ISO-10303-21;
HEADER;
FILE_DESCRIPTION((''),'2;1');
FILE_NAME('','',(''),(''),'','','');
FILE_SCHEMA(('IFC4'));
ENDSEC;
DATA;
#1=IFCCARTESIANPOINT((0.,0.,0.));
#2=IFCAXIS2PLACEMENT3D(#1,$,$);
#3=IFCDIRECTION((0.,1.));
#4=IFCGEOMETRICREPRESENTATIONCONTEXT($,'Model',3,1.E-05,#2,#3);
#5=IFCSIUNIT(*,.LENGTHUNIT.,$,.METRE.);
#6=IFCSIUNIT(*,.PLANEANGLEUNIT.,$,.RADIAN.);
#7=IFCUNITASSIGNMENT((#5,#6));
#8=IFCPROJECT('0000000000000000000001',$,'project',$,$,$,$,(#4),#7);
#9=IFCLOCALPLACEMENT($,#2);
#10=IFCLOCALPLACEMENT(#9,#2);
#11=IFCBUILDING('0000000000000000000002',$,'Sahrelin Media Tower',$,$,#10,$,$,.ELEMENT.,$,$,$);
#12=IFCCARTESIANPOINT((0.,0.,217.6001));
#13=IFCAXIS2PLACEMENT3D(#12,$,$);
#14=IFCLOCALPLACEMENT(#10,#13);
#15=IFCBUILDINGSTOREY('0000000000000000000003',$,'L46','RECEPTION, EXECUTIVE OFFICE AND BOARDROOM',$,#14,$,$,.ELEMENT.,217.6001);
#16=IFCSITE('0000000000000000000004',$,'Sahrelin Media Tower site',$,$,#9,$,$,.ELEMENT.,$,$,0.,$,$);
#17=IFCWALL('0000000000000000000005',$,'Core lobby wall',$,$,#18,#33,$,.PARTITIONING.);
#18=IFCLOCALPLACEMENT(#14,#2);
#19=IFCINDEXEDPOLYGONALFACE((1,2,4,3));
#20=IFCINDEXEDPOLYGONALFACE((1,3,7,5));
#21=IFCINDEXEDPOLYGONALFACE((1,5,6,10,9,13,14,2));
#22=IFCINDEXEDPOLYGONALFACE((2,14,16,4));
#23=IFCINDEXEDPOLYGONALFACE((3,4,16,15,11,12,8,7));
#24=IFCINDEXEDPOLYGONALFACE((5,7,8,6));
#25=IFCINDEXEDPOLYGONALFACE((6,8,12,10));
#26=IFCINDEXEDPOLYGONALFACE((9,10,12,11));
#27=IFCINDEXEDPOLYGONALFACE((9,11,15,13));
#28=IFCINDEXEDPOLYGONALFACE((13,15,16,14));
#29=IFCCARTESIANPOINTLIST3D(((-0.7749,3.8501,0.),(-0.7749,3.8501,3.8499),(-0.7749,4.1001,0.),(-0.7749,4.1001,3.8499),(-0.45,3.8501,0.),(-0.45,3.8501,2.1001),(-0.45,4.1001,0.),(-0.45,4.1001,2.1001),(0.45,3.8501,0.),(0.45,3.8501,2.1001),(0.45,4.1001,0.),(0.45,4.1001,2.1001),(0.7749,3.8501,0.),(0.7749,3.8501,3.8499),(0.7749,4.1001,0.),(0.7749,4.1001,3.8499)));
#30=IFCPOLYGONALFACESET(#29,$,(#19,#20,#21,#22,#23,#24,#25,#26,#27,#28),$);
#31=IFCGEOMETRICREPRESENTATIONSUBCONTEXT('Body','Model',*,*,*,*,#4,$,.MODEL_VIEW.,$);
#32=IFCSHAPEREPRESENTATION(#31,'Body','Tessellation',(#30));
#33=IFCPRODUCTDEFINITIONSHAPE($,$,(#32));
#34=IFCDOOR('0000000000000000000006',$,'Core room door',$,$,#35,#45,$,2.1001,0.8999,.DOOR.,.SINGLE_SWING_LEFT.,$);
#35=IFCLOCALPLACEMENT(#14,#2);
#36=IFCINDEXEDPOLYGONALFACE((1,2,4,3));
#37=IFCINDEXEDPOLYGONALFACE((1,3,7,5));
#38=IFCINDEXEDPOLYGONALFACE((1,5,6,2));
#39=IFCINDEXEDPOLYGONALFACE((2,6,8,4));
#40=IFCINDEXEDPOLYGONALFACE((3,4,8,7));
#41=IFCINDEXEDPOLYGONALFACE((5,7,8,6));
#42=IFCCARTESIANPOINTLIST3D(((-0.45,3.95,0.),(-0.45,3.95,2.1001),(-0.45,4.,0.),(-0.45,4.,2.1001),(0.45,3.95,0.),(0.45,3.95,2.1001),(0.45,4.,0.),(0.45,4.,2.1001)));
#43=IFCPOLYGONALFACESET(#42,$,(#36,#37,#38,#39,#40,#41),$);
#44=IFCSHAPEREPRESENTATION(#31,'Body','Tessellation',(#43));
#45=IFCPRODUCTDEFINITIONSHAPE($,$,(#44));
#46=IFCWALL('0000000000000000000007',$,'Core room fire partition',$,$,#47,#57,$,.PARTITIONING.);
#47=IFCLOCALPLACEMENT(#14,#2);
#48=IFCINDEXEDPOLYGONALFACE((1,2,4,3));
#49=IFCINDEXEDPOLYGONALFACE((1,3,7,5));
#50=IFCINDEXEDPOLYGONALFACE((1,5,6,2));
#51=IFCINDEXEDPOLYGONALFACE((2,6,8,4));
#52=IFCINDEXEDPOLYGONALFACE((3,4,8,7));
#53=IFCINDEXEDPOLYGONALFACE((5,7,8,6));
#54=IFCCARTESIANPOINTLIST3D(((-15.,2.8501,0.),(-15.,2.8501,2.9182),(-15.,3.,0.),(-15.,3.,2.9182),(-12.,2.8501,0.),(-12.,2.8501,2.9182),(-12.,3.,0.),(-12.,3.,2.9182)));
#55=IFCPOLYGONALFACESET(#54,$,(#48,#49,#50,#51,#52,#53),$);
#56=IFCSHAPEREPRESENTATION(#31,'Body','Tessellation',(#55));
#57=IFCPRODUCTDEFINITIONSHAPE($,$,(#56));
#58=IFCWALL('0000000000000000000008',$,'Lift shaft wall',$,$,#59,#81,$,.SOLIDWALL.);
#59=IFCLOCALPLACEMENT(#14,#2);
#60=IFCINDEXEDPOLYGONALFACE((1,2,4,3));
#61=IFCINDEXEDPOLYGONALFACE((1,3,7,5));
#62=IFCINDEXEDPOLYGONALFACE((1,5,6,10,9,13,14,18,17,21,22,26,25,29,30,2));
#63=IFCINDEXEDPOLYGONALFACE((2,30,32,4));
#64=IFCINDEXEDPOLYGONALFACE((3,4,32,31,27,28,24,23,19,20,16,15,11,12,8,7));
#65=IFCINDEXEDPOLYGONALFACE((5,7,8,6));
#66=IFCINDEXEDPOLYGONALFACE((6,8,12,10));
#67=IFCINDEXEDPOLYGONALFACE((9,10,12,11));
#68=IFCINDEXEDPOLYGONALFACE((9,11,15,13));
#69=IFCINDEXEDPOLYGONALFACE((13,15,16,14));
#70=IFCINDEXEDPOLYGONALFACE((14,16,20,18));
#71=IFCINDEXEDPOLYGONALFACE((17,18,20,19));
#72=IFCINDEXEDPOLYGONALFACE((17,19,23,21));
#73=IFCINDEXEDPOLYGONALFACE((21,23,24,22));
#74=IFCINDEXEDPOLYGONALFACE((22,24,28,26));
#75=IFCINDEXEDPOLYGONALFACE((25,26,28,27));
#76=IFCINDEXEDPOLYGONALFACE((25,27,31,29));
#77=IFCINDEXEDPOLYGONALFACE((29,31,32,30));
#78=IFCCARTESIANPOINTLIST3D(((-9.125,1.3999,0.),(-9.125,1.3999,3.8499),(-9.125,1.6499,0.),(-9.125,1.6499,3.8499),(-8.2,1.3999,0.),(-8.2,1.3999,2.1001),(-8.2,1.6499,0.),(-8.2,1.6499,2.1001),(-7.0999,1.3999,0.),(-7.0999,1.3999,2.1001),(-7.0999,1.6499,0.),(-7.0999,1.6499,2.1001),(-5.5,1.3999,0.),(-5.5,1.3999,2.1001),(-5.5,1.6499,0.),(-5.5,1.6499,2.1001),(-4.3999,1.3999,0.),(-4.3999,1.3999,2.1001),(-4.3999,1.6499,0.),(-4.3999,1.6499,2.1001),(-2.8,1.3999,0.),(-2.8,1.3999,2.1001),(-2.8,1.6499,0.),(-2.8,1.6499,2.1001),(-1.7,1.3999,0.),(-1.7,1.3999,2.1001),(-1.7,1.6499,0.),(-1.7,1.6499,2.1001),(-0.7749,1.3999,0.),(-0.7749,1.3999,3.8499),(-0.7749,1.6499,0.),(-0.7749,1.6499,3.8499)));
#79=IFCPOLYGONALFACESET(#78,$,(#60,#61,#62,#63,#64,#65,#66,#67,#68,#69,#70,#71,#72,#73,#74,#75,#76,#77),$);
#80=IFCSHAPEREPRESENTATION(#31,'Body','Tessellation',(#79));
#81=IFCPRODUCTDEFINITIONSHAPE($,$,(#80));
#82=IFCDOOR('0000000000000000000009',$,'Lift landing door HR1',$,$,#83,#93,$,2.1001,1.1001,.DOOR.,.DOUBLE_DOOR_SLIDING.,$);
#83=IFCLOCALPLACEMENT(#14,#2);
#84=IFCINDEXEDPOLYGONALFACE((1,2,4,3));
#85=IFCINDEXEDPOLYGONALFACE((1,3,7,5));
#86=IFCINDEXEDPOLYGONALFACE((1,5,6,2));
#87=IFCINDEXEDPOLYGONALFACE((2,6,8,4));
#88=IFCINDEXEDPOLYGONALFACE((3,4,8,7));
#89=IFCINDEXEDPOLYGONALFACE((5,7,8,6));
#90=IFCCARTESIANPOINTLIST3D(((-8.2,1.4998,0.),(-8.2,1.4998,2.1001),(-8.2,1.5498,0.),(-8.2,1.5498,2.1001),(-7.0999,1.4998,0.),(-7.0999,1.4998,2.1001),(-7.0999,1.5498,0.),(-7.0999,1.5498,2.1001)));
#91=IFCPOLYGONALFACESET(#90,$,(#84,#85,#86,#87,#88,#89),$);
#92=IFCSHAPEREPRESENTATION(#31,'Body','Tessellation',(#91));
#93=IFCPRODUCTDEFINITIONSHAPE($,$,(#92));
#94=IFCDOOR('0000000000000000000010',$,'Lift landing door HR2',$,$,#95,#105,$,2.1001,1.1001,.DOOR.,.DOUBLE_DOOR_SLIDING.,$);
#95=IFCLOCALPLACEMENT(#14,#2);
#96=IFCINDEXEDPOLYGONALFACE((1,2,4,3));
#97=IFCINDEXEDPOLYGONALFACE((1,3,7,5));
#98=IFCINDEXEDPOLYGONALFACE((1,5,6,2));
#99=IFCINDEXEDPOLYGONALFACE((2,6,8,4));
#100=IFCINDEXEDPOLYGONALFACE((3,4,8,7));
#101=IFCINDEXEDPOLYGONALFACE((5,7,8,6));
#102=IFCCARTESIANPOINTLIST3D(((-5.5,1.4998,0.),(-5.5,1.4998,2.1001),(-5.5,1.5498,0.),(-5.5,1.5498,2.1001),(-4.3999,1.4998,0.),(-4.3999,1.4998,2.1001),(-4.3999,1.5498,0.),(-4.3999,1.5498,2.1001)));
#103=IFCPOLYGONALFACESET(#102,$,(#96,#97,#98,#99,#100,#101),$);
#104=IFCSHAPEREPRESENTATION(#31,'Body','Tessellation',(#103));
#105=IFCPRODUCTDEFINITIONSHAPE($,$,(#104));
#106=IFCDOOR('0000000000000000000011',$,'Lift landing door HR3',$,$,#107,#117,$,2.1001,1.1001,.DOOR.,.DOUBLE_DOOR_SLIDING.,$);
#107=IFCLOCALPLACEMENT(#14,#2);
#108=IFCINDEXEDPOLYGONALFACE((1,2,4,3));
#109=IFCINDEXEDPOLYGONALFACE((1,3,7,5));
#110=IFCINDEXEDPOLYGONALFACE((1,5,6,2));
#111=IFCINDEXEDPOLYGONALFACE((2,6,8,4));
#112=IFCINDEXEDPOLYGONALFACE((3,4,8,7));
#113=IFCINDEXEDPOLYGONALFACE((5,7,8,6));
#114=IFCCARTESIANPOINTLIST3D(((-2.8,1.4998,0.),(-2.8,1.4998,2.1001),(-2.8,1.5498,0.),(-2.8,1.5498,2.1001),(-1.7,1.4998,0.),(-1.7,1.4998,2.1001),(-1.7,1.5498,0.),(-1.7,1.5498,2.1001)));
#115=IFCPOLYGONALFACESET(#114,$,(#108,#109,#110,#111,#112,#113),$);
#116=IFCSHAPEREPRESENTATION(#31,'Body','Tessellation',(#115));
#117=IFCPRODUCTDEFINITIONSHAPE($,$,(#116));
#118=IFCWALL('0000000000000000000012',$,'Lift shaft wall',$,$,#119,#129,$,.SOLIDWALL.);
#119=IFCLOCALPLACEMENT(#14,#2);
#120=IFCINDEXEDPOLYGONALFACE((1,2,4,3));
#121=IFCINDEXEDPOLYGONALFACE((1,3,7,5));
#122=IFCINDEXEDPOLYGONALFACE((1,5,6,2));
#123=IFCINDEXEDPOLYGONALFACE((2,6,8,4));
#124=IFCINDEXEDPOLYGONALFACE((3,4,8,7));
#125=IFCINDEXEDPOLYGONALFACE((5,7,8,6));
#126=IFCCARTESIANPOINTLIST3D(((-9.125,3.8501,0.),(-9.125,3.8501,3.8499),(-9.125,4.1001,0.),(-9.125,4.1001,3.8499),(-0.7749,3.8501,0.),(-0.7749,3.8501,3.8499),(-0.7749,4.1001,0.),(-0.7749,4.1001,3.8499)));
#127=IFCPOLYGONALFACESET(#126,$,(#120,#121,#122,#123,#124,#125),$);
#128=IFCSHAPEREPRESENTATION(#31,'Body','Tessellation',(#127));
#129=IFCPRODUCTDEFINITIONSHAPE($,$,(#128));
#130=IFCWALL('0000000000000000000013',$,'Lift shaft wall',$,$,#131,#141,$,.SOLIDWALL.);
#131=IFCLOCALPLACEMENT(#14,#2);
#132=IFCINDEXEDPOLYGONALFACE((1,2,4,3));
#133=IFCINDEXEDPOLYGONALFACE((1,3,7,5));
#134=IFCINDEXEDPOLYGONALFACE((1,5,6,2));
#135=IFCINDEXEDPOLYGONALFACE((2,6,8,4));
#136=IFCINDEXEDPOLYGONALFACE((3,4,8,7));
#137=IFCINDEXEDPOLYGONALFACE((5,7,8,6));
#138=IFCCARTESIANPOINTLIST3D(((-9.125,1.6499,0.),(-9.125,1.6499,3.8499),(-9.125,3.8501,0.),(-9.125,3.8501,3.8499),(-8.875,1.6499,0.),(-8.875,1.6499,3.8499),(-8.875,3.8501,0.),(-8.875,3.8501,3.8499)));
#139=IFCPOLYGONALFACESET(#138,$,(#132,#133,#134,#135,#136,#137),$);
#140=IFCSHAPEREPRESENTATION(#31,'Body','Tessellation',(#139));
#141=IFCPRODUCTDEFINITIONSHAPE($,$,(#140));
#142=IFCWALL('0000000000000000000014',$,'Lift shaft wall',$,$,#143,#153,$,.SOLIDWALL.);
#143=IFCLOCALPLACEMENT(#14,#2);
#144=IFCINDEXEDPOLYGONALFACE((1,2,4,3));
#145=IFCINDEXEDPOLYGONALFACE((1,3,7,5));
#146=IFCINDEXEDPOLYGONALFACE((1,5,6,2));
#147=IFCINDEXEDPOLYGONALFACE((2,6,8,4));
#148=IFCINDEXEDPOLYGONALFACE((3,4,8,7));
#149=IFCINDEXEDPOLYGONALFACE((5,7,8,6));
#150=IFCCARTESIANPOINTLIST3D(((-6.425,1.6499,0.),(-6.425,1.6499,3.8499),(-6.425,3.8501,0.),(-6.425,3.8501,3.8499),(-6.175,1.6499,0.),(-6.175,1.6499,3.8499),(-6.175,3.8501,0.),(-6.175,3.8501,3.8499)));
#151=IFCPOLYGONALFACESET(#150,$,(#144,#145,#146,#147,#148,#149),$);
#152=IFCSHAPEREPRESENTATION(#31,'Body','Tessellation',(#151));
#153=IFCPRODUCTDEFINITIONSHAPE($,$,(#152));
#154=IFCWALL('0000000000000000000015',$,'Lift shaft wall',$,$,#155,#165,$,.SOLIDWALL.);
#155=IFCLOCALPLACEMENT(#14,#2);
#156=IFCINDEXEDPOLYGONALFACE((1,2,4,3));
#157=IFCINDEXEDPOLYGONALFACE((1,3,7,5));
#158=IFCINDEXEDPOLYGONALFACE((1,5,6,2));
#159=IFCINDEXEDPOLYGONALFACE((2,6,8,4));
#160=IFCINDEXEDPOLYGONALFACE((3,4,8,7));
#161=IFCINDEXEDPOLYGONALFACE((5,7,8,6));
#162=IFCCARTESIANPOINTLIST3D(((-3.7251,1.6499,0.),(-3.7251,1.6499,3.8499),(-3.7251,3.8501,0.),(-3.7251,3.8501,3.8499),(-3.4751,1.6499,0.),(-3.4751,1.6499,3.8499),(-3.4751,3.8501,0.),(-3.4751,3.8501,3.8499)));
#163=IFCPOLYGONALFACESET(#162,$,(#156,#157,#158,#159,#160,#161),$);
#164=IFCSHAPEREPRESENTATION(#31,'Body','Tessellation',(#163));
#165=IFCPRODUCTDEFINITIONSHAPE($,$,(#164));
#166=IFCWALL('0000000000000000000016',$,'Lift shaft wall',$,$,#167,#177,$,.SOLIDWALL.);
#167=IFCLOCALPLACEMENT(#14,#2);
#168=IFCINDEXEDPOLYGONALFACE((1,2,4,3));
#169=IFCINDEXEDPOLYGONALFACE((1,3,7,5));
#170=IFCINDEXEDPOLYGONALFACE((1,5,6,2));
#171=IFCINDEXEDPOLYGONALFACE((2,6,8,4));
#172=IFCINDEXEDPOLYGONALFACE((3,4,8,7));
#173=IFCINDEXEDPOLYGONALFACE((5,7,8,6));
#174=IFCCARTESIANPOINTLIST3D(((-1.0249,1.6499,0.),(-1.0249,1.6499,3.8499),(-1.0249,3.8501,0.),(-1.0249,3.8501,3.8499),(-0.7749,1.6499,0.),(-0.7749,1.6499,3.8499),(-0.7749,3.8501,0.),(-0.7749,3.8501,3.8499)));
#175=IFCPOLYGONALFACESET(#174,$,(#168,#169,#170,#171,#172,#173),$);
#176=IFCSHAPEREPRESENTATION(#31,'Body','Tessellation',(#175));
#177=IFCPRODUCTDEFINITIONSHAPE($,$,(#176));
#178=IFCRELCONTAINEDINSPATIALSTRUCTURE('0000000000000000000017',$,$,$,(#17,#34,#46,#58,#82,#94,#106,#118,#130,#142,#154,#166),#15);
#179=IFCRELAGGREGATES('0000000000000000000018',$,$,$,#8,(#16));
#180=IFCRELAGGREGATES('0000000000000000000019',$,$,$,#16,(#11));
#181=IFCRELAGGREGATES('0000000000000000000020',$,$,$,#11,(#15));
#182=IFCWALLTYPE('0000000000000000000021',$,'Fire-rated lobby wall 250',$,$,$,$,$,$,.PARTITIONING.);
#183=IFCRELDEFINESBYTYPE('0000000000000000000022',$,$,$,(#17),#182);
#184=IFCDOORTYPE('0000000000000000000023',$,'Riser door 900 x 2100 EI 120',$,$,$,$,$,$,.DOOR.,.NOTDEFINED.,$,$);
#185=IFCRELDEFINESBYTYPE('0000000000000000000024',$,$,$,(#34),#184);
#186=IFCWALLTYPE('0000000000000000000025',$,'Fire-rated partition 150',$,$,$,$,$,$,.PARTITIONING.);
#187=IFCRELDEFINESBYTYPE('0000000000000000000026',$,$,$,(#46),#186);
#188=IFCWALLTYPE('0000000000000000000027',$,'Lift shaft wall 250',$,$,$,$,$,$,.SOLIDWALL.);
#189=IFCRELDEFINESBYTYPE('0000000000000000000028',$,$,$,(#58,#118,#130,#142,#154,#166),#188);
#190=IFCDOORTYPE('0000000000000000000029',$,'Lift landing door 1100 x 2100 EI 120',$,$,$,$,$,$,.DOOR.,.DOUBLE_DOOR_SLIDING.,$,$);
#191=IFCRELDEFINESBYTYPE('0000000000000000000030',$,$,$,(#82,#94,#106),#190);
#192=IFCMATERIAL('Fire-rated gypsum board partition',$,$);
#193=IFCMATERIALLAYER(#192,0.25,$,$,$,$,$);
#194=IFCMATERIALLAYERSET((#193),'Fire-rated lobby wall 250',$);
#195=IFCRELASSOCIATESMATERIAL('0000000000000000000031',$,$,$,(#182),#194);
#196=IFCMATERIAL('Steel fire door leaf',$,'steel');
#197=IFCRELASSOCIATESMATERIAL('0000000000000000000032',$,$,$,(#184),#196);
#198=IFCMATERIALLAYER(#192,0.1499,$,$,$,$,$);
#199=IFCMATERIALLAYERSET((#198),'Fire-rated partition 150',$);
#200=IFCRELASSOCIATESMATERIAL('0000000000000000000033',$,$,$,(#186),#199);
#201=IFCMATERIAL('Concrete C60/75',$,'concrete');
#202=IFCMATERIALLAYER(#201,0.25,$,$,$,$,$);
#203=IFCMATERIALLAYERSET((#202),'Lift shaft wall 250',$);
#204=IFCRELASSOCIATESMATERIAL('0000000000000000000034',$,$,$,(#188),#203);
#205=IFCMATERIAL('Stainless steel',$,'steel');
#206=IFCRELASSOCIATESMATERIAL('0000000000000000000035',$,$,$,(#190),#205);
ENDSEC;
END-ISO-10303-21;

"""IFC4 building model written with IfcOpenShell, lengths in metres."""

from ifc_helpers import new_model, si_unit, direction, frame, frame_2d, origin, place, context, subcontext, project, spatial, rectangle, extrude, material, layer, layer_set, type_object, element, fill, save


model = new_model("IFC4")

# Units and contexts
model_context = context("Model", 3, precision=1e-05, world=origin(), true_north=direction((0.0, 1.0)))
body_context = subcontext(model_context, "Body", "Model", "MODEL_VIEW")
ifc_project = project(units=[si_unit("LENGTHUNIT", "METRE"), si_unit("PLANEANGLEUNIT", "RADIAN")], contexts=[model_context])

# Site, building, storey
site_placement = place(None, origin())
site = spatial("IfcSite", under=ifc_project, at=site_placement, Name="Sahrelin Media Tower site", CompositionType="ELEMENT", RefElevation=0.0)
building_placement = place(site_placement, origin())
building = spatial("IfcBuilding", under=site, at=building_placement, Name="Sahrelin Media Tower", CompositionType="ELEMENT")
storey_placement = place(building_placement, frame((0.0, 0.0, 217.6001)))
storey = spatial("IfcBuildingStorey", under=building, at=storey_placement, Name="L46", Description="RECEPTION, EXECUTIVE OFFICE AND BOARDROOM", CompositionType="ELEMENT", Elevation=217.6001)

# Shared definitions
ifc_material_1 = material(Name="Concrete C60/75", Category="concrete")

# Wall, opening, door
ifc_material_2 = material(Name="Fire-rated gypsum board partition")
ifc_layer_1 = layer(ifc_material_2, 0.25)
ifc_layer_set_1 = layer_set([ifc_layer_1], Name="Fire-rated lobby wall 250")
wall_type_1 = type_object("IfcWallType", Name="Fire-rated lobby wall 250", PredefinedType="PARTITIONING", material=ifc_layer_set_1)
wall_1_placement = place(storey_placement, frame((-0.7749, 3.9751, 0.0), z_axis=(0.0, 0.0, 1.0), x_axis=(1.0, 0.0, 0.0)))
wall_1 = element("IfcWall", 1, at=wall_1_placement, inside=storey, type_object=wall_type_1, Name="Core lobby wall", PredefinedType="PARTITIONING", context=body_context, shape_type="SweptSolid", body=[
    extrude(rectangle(XDim=1.5498, YDim=0.25, at=frame_2d((0.7749, 0.0))), origin(), (0.0, 0.0, 1.0), 3.8499),
])
opening_1_placement = place(wall_1_placement, frame((0.325, 0.0, 0.0)))
opening_1 = element("IfcOpeningElement", 2, at=opening_1_placement, cuts=wall_1, PredefinedType="OPENING", context=body_context, shape_type="SweptSolid", body=[
    extrude(rectangle(XDim=0.8999, YDim=2.1001, at=frame_2d((0.45, 1.05))), frame((0.0, 0.125, 0.0), z_axis=(0.0, -1.0, 0.0), x_axis=(1.0, 0.0, 0.0)), (0.0, 0.0, 1.0), 0.25),
])
ifc_material_3 = material(Name="Steel fire door leaf", Category="steel")
door_type_1 = type_object("IfcDoorType", Name="Riser door 900 x 2100 EI 120", OperationType="NOTDEFINED", PredefinedType="DOOR", material=ifc_material_3)
door_1_placement = place(opening_1_placement, origin())
door_1 = element("IfcDoor", 3, at=door_1_placement, inside=storey, type_object=door_type_1, Name="Core room door", OperationType="SINGLE_SWING_LEFT", OverallHeight=2.1001, OverallWidth=0.8999, PredefinedType="DOOR", context=body_context, shape_type="SweptSolid", body=[
    extrude(rectangle(XDim=0.8999, YDim=2.1001, at=frame_2d((0.45, 1.05))), frame((0.0, 0.0249, 0.0), z_axis=(0.0, -1.0, 0.0), x_axis=(1.0, 0.0, 0.0)), (0.0, 0.0, 1.0), 0.05),
])
fill(opening_1, door_1)

# Wall
ifc_layer_2 = layer(ifc_material_2, 0.1499)
ifc_layer_set_2 = layer_set([ifc_layer_2], Name="Fire-rated partition 150")
wall_type_2 = type_object("IfcWallType", Name="Fire-rated partition 150", PredefinedType="PARTITIONING", material=ifc_layer_set_2)
wall_2_placement = place(storey_placement, frame((-15.0, 2.925, 0.0), z_axis=(0.0, 0.0, 1.0), x_axis=(1.0, 0.0, 0.0)))
element("IfcWall", 4, at=wall_2_placement, inside=storey, type_object=wall_type_2, Name="Core room fire partition", PredefinedType="PARTITIONING", context=body_context, shape_type="SweptSolid", body=[
    extrude(rectangle(XDim=3.0, YDim=0.1499, at=frame_2d((1.5, 0.0))), origin(), (0.0, 0.0, 1.0), 2.9182),
])

# Wall, openings, doors
ifc_layer_3 = layer(ifc_material_1, 0.25)
ifc_layer_set_3 = layer_set([ifc_layer_3], Name="Lift shaft wall 250")
wall_type_3 = type_object("IfcWallType", Name="Lift shaft wall 250", PredefinedType="SOLIDWALL", material=ifc_layer_set_3)
wall_3_placement = place(storey_placement, frame((-9.125, 1.5249, 0.0), z_axis=(0.0, 0.0, 1.0), x_axis=(1.0, 0.0, 0.0)))
wall_3 = element("IfcWall", 5, at=wall_3_placement, inside=storey, type_object=wall_type_3, Name="Lift shaft wall", PredefinedType="SOLIDWALL", context=body_context, shape_type="SweptSolid", body=[
    extrude(rectangle(XDim=8.3501, YDim=0.25, at=frame_2d((4.175, 0.0))), origin(), (0.0, 0.0, 1.0), 3.8499),
])
opening_2_placement = place(wall_3_placement, frame((0.925, 0.0, 0.0)))
opening_2 = element("IfcOpeningElement", 6, at=opening_2_placement, cuts=wall_3, PredefinedType="OPENING", context=body_context, shape_type="SweptSolid", body=[
    extrude(rectangle(XDim=1.1001, YDim=2.1001, at=frame_2d((0.55, 1.05))), frame((0.0, 0.125, 0.0), z_axis=(0.0, -1.0, 0.0), x_axis=(1.0, 0.0, 0.0)), (0.0, 0.0, 1.0), 0.25),
])
opening_3_placement = place(wall_3_placement, frame((3.625, 0.0, 0.0)))
opening_3 = element("IfcOpeningElement", 7, at=opening_3_placement, cuts=wall_3, PredefinedType="OPENING", context=body_context, shape_type="SweptSolid", body=[
    extrude(rectangle(XDim=1.1001, YDim=2.1001, at=frame_2d((0.55, 1.05))), frame((0.0, 0.125, 0.0), z_axis=(0.0, -1.0, 0.0), x_axis=(1.0, 0.0, 0.0)), (0.0, 0.0, 1.0), 0.25),
])
opening_4_placement = place(wall_3_placement, frame((6.325, 0.0, 0.0)))
opening_4 = element("IfcOpeningElement", 8, at=opening_4_placement, cuts=wall_3, PredefinedType="OPENING", context=body_context, shape_type="SweptSolid", body=[
    extrude(rectangle(XDim=1.1001, YDim=2.1001, at=frame_2d((0.55, 1.05))), frame((0.0, 0.125, 0.0), z_axis=(0.0, -1.0, 0.0), x_axis=(1.0, 0.0, 0.0)), (0.0, 0.0, 1.0), 0.25),
])
ifc_material_4 = material(Name="Stainless steel", Category="steel")
door_type_2 = type_object("IfcDoorType", Name="Lift landing door 1100 x 2100 EI 120", OperationType="DOUBLE_DOOR_SLIDING", PredefinedType="DOOR", material=ifc_material_4)
door_2_placement = place(opening_2_placement, origin())
door_2 = element("IfcDoor", 9, at=door_2_placement, inside=storey, type_object=door_type_2, Name="Lift landing door HR1", OperationType="DOUBLE_DOOR_SLIDING", OverallHeight=2.1001, OverallWidth=1.1001, PredefinedType="DOOR", context=body_context, shape_type="SweptSolid", body=[
    extrude(rectangle(XDim=1.1001, YDim=2.1001, at=frame_2d((0.55, 1.05))), frame((0.0, 0.0249, 0.0), z_axis=(0.0, -1.0, 0.0), x_axis=(1.0, 0.0, 0.0)), (0.0, 0.0, 1.0), 0.05),
])
fill(opening_2, door_2)
door_3_placement = place(opening_3_placement, origin())
door_3 = element("IfcDoor", 10, at=door_3_placement, inside=storey, type_object=door_type_2, Name="Lift landing door HR2", OperationType="DOUBLE_DOOR_SLIDING", OverallHeight=2.1001, OverallWidth=1.1001, PredefinedType="DOOR", context=body_context, shape_type="SweptSolid", body=[
    extrude(rectangle(XDim=1.1001, YDim=2.1001, at=frame_2d((0.55, 1.05))), frame((0.0, 0.0249, 0.0), z_axis=(0.0, -1.0, 0.0), x_axis=(1.0, 0.0, 0.0)), (0.0, 0.0, 1.0), 0.05),
])
fill(opening_3, door_3)
door_4_placement = place(opening_4_placement, origin())
door_4 = element("IfcDoor", 11, at=door_4_placement, inside=storey, type_object=door_type_2, Name="Lift landing door HR3", OperationType="DOUBLE_DOOR_SLIDING", OverallHeight=2.1001, OverallWidth=1.1001, PredefinedType="DOOR", context=body_context, shape_type="SweptSolid", body=[
    extrude(rectangle(XDim=1.1001, YDim=2.1001, at=frame_2d((0.55, 1.05))), frame((0.0, 0.0249, 0.0), z_axis=(0.0, -1.0, 0.0), x_axis=(1.0, 0.0, 0.0)), (0.0, 0.0, 1.0), 0.05),
])
fill(opening_4, door_4)

# Walls
wall_4_placement = place(storey_placement, frame((-9.125, 3.9751, 0.0), z_axis=(0.0, 0.0, 1.0), x_axis=(1.0, 0.0, 0.0)))
element("IfcWall", 12, at=wall_4_placement, inside=storey, type_object=wall_type_3, Name="Lift shaft wall", PredefinedType="SOLIDWALL", context=body_context, shape_type="SweptSolid", body=[
    extrude(rectangle(XDim=8.3501, YDim=0.25, at=frame_2d((4.175, 0.0))), origin(), (0.0, 0.0, 1.0), 3.8499),
])
for number, where, z_axis, x_axis, name in (
    (13, (-9.0, 1.6499, 0.0), (0.0, 0.0, 1.0), (0.0, 1.0, 0.0), "Lift shaft wall"),
    (14, (-6.3, 1.6499, 0.0), (0.0, 0.0, 1.0), (0.0, 1.0, 0.0), "Lift shaft wall"),
    (15, (-3.6001, 1.6499, 0.0), (0.0, 0.0, 1.0), (0.0, 1.0, 0.0), "Lift shaft wall"),
    (16, (-0.8999, 1.6499, 0.0), (0.0, 0.0, 1.0), (0.0, 1.0, 0.0), "Lift shaft wall"),
):
    element("IfcWall", number, at=place(storey_placement, frame(where, z_axis=z_axis, x_axis=x_axis)), inside=storey, type_object=wall_type_3, Name=name, PredefinedType="SOLIDWALL", context=body_context, shape_type="SweptSolid", body=[
        extrude(rectangle(XDim=2.2002, YDim=0.25, at=frame_2d((1.1001, 0.0))), origin(), (0.0, 0.0, 1.0), 3.8499),
    ])

save(model, "model.ifc")
